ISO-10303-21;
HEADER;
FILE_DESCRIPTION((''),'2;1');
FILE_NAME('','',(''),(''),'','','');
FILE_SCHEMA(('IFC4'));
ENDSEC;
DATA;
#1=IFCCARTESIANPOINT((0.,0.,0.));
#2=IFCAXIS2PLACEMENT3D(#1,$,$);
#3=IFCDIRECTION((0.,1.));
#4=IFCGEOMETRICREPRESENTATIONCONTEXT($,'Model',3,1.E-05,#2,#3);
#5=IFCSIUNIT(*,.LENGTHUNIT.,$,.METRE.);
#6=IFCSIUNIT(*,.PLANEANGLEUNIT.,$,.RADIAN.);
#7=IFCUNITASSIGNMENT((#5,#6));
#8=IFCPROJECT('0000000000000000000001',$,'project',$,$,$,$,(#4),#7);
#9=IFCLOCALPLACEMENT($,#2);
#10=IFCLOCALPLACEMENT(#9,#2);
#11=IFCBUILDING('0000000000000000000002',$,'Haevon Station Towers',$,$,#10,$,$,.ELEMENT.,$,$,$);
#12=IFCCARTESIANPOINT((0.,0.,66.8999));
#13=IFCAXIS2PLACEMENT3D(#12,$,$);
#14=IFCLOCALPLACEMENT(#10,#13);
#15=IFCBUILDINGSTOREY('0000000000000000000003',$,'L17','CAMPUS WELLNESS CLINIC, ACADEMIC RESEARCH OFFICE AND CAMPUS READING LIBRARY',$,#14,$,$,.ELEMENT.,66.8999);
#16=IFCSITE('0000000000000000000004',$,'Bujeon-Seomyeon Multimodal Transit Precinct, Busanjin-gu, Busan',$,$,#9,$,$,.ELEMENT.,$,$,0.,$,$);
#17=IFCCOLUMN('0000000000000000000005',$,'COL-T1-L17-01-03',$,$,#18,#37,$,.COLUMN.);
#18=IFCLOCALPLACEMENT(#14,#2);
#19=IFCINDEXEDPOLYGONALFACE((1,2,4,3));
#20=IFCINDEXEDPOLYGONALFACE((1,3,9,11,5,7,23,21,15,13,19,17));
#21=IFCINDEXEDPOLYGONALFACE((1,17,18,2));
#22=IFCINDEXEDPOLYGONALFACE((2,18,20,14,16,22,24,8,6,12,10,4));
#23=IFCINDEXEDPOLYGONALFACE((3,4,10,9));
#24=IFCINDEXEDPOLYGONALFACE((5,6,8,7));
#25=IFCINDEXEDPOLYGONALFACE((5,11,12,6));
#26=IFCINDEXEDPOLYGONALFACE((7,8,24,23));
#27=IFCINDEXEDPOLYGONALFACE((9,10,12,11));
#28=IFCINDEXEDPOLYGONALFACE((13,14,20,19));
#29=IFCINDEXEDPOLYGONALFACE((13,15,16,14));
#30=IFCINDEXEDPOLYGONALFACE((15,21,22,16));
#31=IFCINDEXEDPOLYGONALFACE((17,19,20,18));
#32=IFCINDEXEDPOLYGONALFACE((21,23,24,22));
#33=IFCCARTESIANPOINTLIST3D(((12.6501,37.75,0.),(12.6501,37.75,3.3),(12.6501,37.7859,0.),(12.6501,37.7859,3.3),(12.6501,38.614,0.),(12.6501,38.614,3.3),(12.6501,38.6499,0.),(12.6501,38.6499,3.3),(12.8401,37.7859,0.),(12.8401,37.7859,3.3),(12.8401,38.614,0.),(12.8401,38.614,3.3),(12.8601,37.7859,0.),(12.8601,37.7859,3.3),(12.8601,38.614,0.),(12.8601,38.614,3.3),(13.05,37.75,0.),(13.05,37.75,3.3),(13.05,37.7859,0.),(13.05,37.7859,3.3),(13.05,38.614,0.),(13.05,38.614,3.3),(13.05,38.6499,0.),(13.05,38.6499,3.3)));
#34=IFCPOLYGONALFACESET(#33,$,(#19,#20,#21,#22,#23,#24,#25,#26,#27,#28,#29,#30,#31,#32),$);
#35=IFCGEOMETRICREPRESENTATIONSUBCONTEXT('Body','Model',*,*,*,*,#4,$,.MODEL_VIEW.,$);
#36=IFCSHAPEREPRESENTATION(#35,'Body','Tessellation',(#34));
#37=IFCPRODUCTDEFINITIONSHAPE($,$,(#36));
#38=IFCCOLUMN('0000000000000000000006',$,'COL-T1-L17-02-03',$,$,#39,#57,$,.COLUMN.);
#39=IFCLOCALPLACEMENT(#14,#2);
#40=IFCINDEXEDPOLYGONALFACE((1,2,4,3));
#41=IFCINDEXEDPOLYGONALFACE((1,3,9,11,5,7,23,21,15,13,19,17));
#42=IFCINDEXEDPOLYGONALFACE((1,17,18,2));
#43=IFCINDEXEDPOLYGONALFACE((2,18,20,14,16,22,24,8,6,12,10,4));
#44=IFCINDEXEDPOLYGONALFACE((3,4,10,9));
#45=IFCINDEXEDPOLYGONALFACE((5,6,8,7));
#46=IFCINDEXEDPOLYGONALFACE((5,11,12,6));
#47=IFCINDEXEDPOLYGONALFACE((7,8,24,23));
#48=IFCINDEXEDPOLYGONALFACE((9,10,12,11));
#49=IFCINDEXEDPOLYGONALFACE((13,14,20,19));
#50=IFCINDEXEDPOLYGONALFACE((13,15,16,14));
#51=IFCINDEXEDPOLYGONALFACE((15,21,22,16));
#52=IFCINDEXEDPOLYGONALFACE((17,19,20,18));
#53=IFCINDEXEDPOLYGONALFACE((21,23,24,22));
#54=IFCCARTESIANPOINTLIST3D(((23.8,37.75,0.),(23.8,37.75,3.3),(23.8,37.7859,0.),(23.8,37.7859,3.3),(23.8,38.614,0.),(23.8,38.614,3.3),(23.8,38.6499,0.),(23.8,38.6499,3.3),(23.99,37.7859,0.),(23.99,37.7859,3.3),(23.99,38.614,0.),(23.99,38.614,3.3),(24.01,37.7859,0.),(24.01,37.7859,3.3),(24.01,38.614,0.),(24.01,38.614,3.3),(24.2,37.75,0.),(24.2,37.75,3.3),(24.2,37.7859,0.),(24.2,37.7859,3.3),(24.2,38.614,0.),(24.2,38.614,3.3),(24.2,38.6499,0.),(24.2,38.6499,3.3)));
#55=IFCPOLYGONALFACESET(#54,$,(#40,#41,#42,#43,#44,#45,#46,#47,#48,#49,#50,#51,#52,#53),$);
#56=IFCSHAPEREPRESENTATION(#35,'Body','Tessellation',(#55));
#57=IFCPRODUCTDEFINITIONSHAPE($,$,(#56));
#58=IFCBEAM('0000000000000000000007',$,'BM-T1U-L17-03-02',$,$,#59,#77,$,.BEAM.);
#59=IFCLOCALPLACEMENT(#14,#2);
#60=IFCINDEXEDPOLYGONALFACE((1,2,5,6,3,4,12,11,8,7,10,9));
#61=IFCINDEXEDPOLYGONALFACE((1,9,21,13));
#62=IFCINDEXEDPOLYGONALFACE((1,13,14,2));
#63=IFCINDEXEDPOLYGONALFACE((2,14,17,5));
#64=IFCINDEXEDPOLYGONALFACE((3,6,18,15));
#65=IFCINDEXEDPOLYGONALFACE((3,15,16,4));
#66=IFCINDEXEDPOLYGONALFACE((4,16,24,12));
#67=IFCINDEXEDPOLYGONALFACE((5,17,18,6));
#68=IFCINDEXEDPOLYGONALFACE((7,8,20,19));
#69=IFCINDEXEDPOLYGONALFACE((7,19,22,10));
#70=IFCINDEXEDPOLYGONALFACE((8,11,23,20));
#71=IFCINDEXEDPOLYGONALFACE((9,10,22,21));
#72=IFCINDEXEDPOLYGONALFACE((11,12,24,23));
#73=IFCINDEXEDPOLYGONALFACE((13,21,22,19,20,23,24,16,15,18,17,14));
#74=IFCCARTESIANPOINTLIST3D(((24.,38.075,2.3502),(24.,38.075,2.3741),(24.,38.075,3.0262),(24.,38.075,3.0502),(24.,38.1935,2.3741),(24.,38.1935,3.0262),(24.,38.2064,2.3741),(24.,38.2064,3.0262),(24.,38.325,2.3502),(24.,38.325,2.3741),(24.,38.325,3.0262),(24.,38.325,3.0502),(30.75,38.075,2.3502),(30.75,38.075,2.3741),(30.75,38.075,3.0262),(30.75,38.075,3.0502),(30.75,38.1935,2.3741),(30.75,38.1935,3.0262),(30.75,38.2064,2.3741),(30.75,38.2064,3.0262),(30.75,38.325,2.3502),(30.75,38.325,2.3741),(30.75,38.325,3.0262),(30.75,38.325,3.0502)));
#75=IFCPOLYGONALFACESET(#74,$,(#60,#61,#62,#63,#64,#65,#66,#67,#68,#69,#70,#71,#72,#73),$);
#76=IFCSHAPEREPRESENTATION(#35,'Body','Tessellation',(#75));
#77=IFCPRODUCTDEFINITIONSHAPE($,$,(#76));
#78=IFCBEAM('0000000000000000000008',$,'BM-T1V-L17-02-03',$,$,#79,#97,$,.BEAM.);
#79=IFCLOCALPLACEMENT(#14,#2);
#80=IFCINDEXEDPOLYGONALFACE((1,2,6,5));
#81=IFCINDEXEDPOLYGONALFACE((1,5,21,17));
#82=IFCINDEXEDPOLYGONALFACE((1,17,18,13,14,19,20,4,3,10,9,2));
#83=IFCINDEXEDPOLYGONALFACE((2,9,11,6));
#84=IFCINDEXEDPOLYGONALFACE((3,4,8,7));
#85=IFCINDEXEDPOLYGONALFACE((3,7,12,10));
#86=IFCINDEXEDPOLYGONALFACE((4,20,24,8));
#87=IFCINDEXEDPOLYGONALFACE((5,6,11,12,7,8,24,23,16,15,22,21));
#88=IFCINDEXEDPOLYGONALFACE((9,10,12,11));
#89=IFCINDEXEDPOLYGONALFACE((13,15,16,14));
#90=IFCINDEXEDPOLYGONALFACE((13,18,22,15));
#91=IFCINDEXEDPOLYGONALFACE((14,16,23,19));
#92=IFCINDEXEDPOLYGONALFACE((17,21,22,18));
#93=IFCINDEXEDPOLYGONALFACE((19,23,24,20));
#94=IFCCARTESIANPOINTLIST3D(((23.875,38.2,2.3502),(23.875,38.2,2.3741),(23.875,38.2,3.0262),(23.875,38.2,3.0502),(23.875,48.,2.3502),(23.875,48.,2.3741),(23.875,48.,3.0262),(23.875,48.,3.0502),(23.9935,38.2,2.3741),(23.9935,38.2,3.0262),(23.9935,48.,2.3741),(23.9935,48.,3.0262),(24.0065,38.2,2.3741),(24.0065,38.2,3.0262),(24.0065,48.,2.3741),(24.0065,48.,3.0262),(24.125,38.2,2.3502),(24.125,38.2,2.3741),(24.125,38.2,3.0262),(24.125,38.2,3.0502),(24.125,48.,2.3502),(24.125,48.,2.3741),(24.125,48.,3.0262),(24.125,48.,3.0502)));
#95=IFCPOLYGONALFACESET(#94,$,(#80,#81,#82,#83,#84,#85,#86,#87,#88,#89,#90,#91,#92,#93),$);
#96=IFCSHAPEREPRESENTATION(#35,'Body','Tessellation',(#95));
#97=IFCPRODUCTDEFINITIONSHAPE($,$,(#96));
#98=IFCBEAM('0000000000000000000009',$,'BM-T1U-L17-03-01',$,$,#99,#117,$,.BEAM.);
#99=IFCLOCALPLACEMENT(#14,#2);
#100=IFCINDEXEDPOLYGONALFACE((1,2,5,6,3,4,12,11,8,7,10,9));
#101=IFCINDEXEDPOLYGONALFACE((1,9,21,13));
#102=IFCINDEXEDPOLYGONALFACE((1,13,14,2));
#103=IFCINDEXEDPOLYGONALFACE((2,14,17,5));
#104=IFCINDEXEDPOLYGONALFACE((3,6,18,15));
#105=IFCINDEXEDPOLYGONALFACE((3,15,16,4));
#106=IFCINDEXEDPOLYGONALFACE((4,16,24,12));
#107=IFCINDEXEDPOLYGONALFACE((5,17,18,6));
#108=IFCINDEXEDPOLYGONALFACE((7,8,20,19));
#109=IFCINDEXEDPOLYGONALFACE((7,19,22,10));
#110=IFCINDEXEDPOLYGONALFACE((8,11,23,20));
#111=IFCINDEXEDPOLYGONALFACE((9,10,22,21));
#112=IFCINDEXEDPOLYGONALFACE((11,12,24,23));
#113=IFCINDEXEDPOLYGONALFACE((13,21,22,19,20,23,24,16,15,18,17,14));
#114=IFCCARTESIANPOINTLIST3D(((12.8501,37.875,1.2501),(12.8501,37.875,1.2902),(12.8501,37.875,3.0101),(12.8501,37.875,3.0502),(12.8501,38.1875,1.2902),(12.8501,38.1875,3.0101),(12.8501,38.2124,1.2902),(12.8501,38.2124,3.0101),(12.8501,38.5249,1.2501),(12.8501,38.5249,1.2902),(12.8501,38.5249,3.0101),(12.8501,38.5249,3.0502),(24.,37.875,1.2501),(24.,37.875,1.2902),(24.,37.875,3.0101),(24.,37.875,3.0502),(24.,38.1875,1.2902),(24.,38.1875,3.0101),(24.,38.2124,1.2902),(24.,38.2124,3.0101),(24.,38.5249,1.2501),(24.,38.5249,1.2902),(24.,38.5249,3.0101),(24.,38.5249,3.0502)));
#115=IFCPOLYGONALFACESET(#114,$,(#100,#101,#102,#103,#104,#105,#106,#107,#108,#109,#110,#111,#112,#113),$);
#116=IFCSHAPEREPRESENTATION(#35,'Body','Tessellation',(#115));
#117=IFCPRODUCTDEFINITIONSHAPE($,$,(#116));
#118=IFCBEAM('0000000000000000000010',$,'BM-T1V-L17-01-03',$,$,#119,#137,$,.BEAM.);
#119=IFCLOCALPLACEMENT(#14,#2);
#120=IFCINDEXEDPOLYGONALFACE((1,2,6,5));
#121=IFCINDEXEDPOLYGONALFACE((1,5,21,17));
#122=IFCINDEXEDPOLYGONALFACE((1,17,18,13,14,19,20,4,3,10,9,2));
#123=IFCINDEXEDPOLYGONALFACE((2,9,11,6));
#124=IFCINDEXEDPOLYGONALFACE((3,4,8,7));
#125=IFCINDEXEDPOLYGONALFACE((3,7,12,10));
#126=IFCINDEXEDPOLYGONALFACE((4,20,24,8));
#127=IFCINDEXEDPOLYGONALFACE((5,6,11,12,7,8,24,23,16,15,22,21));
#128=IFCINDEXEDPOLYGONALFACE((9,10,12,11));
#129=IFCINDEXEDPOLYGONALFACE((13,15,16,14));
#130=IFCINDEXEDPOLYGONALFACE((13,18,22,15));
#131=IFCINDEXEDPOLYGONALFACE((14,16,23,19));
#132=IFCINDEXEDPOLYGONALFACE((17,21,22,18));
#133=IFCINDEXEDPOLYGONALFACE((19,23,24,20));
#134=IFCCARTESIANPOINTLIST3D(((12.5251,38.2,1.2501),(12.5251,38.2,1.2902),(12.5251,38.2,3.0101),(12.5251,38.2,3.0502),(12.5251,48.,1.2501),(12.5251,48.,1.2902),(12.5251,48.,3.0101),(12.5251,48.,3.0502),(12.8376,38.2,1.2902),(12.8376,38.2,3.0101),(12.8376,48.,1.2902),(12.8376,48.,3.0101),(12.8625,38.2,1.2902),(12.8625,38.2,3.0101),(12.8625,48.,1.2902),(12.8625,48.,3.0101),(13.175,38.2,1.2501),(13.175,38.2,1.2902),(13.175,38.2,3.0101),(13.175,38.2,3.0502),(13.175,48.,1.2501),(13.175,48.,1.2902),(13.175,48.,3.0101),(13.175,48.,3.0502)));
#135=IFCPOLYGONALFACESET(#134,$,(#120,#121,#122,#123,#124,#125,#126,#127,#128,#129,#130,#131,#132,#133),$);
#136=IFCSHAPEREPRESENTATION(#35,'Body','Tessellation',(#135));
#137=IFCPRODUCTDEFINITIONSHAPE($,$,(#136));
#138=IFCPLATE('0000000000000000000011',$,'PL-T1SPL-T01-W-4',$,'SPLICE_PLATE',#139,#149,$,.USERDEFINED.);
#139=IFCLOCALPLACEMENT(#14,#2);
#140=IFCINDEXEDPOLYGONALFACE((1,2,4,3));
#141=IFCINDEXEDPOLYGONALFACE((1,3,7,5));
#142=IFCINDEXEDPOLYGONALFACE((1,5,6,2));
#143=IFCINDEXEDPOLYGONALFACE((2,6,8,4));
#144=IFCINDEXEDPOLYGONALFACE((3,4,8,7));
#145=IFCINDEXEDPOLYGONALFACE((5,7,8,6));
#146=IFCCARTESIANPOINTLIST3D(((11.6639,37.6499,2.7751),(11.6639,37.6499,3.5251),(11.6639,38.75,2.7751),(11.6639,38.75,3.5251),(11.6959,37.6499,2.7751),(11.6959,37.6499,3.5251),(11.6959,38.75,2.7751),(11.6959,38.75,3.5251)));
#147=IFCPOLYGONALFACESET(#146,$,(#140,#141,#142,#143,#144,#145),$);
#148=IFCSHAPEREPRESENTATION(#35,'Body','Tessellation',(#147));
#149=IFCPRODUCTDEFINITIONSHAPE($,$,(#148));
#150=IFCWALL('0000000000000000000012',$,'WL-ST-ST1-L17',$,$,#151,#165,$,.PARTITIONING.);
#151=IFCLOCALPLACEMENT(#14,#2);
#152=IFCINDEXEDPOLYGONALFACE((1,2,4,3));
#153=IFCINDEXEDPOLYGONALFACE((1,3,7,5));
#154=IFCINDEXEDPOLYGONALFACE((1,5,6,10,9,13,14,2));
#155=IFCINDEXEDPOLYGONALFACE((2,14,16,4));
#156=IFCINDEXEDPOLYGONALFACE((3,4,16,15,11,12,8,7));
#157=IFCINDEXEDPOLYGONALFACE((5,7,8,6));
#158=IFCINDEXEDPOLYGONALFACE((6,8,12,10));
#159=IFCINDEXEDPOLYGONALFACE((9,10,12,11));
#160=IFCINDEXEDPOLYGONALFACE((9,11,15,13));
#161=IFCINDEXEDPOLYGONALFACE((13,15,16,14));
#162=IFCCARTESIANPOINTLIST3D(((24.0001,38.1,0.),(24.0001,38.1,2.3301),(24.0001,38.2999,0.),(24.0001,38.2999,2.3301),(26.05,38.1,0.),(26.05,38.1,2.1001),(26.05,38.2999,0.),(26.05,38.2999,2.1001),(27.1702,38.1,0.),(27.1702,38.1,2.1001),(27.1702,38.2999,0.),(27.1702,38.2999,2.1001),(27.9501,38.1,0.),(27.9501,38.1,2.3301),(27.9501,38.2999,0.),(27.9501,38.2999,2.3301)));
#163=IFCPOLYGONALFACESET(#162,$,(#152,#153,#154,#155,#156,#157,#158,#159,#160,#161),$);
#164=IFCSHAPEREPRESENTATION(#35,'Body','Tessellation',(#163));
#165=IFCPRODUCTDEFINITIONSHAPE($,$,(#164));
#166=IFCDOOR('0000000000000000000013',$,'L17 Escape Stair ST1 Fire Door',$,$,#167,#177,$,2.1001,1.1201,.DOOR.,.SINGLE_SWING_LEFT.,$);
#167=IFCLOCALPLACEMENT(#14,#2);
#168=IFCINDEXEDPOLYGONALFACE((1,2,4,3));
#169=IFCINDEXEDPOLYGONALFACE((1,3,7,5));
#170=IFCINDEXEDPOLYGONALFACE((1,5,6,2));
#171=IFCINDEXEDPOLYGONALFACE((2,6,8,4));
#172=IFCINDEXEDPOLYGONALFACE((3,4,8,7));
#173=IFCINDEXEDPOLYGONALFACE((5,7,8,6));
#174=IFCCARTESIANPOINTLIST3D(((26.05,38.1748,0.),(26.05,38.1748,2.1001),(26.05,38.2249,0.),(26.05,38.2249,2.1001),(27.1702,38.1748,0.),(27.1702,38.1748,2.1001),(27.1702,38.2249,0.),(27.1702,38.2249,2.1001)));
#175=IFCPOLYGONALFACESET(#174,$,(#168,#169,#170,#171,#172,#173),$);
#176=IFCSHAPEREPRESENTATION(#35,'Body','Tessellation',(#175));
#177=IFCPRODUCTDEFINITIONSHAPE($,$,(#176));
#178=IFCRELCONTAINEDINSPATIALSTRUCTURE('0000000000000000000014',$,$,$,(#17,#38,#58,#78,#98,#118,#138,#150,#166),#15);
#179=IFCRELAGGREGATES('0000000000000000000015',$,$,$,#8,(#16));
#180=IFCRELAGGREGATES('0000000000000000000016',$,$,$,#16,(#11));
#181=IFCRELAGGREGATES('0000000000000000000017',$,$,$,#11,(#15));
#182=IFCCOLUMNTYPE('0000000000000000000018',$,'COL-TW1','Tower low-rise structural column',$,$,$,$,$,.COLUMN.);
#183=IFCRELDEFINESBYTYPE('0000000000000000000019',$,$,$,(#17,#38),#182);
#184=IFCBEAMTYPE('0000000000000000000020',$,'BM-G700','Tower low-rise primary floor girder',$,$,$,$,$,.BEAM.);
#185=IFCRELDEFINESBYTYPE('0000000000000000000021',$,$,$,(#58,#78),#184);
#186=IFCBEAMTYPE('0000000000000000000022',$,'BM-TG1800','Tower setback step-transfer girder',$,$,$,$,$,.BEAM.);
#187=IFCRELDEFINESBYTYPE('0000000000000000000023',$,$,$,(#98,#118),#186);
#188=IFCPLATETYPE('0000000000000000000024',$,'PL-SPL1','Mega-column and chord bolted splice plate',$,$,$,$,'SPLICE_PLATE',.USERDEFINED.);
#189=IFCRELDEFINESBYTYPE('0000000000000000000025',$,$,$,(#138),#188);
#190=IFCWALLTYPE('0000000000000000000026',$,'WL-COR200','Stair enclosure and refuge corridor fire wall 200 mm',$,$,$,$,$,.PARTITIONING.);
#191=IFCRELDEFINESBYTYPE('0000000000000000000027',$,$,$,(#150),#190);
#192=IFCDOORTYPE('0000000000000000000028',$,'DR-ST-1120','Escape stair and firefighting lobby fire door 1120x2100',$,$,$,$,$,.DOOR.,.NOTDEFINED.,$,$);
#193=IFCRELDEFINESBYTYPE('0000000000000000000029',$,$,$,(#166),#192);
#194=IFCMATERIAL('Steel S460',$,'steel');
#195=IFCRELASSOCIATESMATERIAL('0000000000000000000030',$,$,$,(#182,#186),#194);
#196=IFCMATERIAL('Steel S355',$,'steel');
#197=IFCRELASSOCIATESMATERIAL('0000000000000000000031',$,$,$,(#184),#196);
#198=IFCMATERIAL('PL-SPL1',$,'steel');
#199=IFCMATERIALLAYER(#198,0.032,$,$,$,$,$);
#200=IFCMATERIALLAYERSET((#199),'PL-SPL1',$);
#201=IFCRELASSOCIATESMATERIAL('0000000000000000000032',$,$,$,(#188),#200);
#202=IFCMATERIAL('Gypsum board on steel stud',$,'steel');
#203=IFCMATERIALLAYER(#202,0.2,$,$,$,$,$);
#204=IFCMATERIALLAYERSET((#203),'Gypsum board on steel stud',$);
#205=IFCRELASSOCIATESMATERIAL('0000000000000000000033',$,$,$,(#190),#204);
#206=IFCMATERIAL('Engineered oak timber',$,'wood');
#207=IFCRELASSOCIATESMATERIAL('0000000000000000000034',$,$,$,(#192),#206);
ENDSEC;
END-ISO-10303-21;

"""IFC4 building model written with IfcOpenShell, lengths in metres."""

from ifc_helpers import new_model, si_unit, direction, frame, frame_2d, origin, origin_2d, place, context, subcontext, project, spatial, rectangle, i_section, extrude, material, layer, layer_set, material_profile, profile_set, type_object, element, fill, save


model = new_model("IFC4")

# Units and contexts
model_context = context("Model", 3, precision=1e-05, world=origin(), true_north=direction((0.0, 1.0)))
body_context = subcontext(model_context, "Body", "Model", "MODEL_VIEW")
ifc_project = project(units=[si_unit("LENGTHUNIT", "METRE"), si_unit("PLANEANGLEUNIT", "RADIAN")], contexts=[model_context])

# Site, building, storey
site_placement = place(None, origin())
site = spatial("IfcSite", under=ifc_project, at=site_placement, Name="Bujeon-Seomyeon Multimodal Transit Precinct, Busanjin-gu, Busan", CompositionType="ELEMENT", RefElevation=0.0)
building_placement = place(site_placement, origin())
building = spatial("IfcBuilding", under=site, at=building_placement, Name="Haevon Station Towers", CompositionType="ELEMENT")
storey_placement = place(building_placement, frame((0.0, 0.0, 66.8999)))
storey = spatial("IfcBuildingStorey", under=building, at=storey_placement, Name="L17", Description="CAMPUS WELLNESS CLINIC, ACADEMIC RESEARCH OFFICE AND CAMPUS READING LIBRARY", CompositionType="ELEMENT", Elevation=66.8999)

# Columns
ifc_material_1 = material(Name="Steel S460", Category="steel")
ifc_material_profile_1 = material_profile(ifc_material_1, i_section(OverallWidth=0.3999, OverallDepth=0.8999, WebThickness=0.02, FlangeThickness=0.0359, at=origin_2d()), Name="H-900x400x20x36")
ifc_profile_set_1 = profile_set([ifc_material_profile_1], Name="Steel S460")
column_type = type_object("IfcColumnType", Name="COL-TW1", Description="Tower low-rise structural column", PredefinedType="COLUMN", material=ifc_profile_set_1)
for number, where, z_axis, x_axis, name in (
    (1, (12.8501, 38.2, 0.0), (0.0, 0.0, 1.0), (1.0, 0.0, 0.0), "COL-T1-L17-01-03"),
    (2, (24.0, 38.2, 0.0), (0.0, 0.0, 1.0), (1.0, 0.0, 0.0), "COL-T1-L17-02-03"),
):
    element("IfcColumn", number, at=place(storey_placement, frame(where, z_axis=z_axis, x_axis=x_axis)), inside=storey, type_object=column_type, Name=name, PredefinedType="COLUMN", context=body_context, shape_type="SweptSolid", body=[
        extrude(i_section(OverallWidth=0.3999, OverallDepth=0.8999, WebThickness=0.02, FlangeThickness=0.0359, at=origin_2d()), origin(), (0.0, 0.0, 1.0), 3.3),
    ])

# Beams
ifc_material_2 = material(Name="Steel S355", Category="steel")
ifc_material_profile_2 = material_profile(ifc_material_2, i_section(OverallWidth=0.25, OverallDepth=0.7, WebThickness=0.0129, FlangeThickness=0.0239, at=origin_2d()), Name="H-700x250x13x24")
ifc_profile_set_2 = profile_set([ifc_material_profile_2], Name="Steel S355")
beam_type_1 = type_object("IfcBeamType", Name="BM-G700", Description="Tower low-rise primary floor girder", PredefinedType="BEAM", material=ifc_profile_set_2)
beam_1_placement = place(storey_placement, frame((24.0, 38.2, 2.7002), z_axis=(1.0, 0.0, 0.0), x_axis=(0.0, 1.0, 0.0)))
element("IfcBeam", 3, at=beam_1_placement, inside=storey, type_object=beam_type_1, Name="BM-T1U-L17-03-02", PredefinedType="BEAM", context=body_context, shape_type="SweptSolid", body=[
    extrude(i_section(OverallWidth=0.25, OverallDepth=0.7, WebThickness=0.0129, FlangeThickness=0.0239, at=origin_2d()), origin(), (0.0, 0.0, 1.0), 6.75),
])
beam_2_placement = place(storey_placement, frame((24.0, 38.2, 2.7002), z_axis=(0.0, 1.0, 0.0), x_axis=(-1.0, 0.0, 0.0)))
element("IfcBeam", 4, at=beam_2_placement, inside=storey, type_object=beam_type_1, Name="BM-T1V-L17-02-03", PredefinedType="BEAM", context=body_context, shape_type="SweptSolid", body=[
    extrude(i_section(OverallWidth=0.25, OverallDepth=0.7, WebThickness=0.0129, FlangeThickness=0.0239, at=origin_2d()), origin(), (0.0, 0.0, 1.0), 9.8),
])
ifc_material_profile_3 = material_profile(ifc_material_1, i_section(OverallWidth=0.6499, OverallDepth=1.8, WebThickness=0.0249, FlangeThickness=0.04, at=origin_2d()), Name="H-1800x650x25x40")
ifc_profile_set_3 = profile_set([ifc_material_profile_3], Name="Steel S460")
beam_type_2 = type_object("IfcBeamType", Name="BM-TG1800", Description="Tower setback step-transfer girder", PredefinedType="BEAM", material=ifc_profile_set_3)
beam_3_placement = place(storey_placement, frame((12.8501, 38.2, 2.1501), z_axis=(1.0, 0.0, 0.0), x_axis=(0.0, 1.0, 0.0)))
element("IfcBeam", 5, at=beam_3_placement, inside=storey, type_object=beam_type_2, Name="BM-T1U-L17-03-01", PredefinedType="BEAM", context=body_context, shape_type="SweptSolid", body=[
    extrude(i_section(OverallWidth=0.6499, OverallDepth=1.8, WebThickness=0.0249, FlangeThickness=0.04, at=origin_2d()), origin(), (0.0, 0.0, 1.0), 11.1499),
])
beam_4_placement = place(storey_placement, frame((12.8501, 38.2, 2.1501), z_axis=(0.0, 1.0, 0.0), x_axis=(-1.0, 0.0, 0.0)))
element("IfcBeam", 6, at=beam_4_placement, inside=storey, type_object=beam_type_2, Name="BM-T1V-L17-01-03", PredefinedType="BEAM", context=body_context, shape_type="SweptSolid", body=[
    extrude(i_section(OverallWidth=0.6499, OverallDepth=1.8, WebThickness=0.0249, FlangeThickness=0.04, at=origin_2d()), origin(), (0.0, 0.0, 1.0), 9.8),
])

# Plate
ifc_material_3 = material(Name="PL-SPL1", Category="steel")
ifc_layer_1 = layer(ifc_material_3, 0.032)
ifc_layer_set_1 = layer_set([ifc_layer_1], Name="PL-SPL1")
plate_type = type_object("IfcPlateType", Name="PL-SPL1", Description="Mega-column and chord bolted splice plate", ElementType="SPLICE_PLATE", PredefinedType="USERDEFINED", material=ifc_layer_set_1)
plate_placement = place(storey_placement, frame((11.6799, 38.2, 2.7751), z_axis=(0.0, 0.0, 1.0), x_axis=(0.0, 1.0, 0.0)))
element("IfcPlate", 7, at=plate_placement, inside=storey, type_object=plate_type, Name="PL-T1SPL-T01-W-4", ObjectType="SPLICE_PLATE", PredefinedType="USERDEFINED", context=body_context, shape_type="SweptSolid", body=[
    extrude(rectangle(XDim=1.1001, YDim=0.032, at=origin_2d()), origin(), (0.0, 0.0, 1.0), 0.75),
])

# Wall, opening, door
ifc_material_4 = material(Name="Gypsum board on steel stud", Category="steel")
ifc_layer_2 = layer(ifc_material_4, 0.2)
ifc_layer_set_2 = layer_set([ifc_layer_2], Name="Gypsum board on steel stud")
wall_type_1 = type_object("IfcWallType", Name="WL-COR200", Description="Stair enclosure and refuge corridor fire wall 200 mm", PredefinedType="PARTITIONING", material=ifc_layer_set_2)
wall_1_placement = place(storey_placement, frame((24.0, 38.2, 0.0), z_axis=(0.0, 0.0, 1.0), x_axis=(1.0, 0.0, 0.0)))
wall_1 = element("IfcWall", 8, at=wall_1_placement, inside=storey, type_object=wall_type_1, Name="WL-ST-ST1-L17", PredefinedType="PARTITIONING", context=body_context, shape_type="SweptSolid", body=[
    extrude(rectangle(XDim=3.95, YDim=0.2, at=frame_2d((1.9751, 0.0))), origin(), (0.0, 0.0, 1.0), 2.3301),
])
opening_1_placement = place(wall_1_placement, frame((2.05, 0.0, 0.0)))
opening_1 = element("IfcOpeningElement", 9, at=opening_1_placement, cuts=wall_1, PredefinedType="OPENING", context=body_context, shape_type="SweptSolid", body=[
    extrude(rectangle(XDim=1.1201, YDim=2.1001, at=frame_2d((0.5601, 1.05))), frame((0.0, 0.1099, 0.0), z_axis=(0.0, -1.0, 0.0), x_axis=(1.0, 0.0, 0.0)), (0.0, 0.0, 1.0), 0.22),
])
ifc_material_5 = material(Name="Engineered oak timber", Category="wood")
door_type_1 = type_object("IfcDoorType", Name="DR-ST-1120", Description="Escape stair and firefighting lobby fire door 1120x2100", OperationType="NOTDEFINED", PredefinedType="DOOR", material=ifc_material_5)
door_1_placement = place(opening_1_placement, origin())
door_1 = element("IfcDoor", 10, at=door_1_placement, inside=storey, type_object=door_type_1, Name="L17 Escape Stair ST1 Fire Door", OperationType="SINGLE_SWING_LEFT", OverallHeight=2.1001, OverallWidth=1.1201, PredefinedType="DOOR", context=body_context, shape_type="SweptSolid", body=[
    extrude(rectangle(XDim=1.1201, YDim=2.1001, at=frame_2d((0.5601, 1.05))), frame((0.0, 0.0249, 0.0), z_axis=(0.0, -1.0, 0.0), x_axis=(1.0, 0.0, 0.0)), (0.0, 0.0, 1.0), 0.05),
])
fill(opening_1, door_1)

save(model, "model.ifc")
